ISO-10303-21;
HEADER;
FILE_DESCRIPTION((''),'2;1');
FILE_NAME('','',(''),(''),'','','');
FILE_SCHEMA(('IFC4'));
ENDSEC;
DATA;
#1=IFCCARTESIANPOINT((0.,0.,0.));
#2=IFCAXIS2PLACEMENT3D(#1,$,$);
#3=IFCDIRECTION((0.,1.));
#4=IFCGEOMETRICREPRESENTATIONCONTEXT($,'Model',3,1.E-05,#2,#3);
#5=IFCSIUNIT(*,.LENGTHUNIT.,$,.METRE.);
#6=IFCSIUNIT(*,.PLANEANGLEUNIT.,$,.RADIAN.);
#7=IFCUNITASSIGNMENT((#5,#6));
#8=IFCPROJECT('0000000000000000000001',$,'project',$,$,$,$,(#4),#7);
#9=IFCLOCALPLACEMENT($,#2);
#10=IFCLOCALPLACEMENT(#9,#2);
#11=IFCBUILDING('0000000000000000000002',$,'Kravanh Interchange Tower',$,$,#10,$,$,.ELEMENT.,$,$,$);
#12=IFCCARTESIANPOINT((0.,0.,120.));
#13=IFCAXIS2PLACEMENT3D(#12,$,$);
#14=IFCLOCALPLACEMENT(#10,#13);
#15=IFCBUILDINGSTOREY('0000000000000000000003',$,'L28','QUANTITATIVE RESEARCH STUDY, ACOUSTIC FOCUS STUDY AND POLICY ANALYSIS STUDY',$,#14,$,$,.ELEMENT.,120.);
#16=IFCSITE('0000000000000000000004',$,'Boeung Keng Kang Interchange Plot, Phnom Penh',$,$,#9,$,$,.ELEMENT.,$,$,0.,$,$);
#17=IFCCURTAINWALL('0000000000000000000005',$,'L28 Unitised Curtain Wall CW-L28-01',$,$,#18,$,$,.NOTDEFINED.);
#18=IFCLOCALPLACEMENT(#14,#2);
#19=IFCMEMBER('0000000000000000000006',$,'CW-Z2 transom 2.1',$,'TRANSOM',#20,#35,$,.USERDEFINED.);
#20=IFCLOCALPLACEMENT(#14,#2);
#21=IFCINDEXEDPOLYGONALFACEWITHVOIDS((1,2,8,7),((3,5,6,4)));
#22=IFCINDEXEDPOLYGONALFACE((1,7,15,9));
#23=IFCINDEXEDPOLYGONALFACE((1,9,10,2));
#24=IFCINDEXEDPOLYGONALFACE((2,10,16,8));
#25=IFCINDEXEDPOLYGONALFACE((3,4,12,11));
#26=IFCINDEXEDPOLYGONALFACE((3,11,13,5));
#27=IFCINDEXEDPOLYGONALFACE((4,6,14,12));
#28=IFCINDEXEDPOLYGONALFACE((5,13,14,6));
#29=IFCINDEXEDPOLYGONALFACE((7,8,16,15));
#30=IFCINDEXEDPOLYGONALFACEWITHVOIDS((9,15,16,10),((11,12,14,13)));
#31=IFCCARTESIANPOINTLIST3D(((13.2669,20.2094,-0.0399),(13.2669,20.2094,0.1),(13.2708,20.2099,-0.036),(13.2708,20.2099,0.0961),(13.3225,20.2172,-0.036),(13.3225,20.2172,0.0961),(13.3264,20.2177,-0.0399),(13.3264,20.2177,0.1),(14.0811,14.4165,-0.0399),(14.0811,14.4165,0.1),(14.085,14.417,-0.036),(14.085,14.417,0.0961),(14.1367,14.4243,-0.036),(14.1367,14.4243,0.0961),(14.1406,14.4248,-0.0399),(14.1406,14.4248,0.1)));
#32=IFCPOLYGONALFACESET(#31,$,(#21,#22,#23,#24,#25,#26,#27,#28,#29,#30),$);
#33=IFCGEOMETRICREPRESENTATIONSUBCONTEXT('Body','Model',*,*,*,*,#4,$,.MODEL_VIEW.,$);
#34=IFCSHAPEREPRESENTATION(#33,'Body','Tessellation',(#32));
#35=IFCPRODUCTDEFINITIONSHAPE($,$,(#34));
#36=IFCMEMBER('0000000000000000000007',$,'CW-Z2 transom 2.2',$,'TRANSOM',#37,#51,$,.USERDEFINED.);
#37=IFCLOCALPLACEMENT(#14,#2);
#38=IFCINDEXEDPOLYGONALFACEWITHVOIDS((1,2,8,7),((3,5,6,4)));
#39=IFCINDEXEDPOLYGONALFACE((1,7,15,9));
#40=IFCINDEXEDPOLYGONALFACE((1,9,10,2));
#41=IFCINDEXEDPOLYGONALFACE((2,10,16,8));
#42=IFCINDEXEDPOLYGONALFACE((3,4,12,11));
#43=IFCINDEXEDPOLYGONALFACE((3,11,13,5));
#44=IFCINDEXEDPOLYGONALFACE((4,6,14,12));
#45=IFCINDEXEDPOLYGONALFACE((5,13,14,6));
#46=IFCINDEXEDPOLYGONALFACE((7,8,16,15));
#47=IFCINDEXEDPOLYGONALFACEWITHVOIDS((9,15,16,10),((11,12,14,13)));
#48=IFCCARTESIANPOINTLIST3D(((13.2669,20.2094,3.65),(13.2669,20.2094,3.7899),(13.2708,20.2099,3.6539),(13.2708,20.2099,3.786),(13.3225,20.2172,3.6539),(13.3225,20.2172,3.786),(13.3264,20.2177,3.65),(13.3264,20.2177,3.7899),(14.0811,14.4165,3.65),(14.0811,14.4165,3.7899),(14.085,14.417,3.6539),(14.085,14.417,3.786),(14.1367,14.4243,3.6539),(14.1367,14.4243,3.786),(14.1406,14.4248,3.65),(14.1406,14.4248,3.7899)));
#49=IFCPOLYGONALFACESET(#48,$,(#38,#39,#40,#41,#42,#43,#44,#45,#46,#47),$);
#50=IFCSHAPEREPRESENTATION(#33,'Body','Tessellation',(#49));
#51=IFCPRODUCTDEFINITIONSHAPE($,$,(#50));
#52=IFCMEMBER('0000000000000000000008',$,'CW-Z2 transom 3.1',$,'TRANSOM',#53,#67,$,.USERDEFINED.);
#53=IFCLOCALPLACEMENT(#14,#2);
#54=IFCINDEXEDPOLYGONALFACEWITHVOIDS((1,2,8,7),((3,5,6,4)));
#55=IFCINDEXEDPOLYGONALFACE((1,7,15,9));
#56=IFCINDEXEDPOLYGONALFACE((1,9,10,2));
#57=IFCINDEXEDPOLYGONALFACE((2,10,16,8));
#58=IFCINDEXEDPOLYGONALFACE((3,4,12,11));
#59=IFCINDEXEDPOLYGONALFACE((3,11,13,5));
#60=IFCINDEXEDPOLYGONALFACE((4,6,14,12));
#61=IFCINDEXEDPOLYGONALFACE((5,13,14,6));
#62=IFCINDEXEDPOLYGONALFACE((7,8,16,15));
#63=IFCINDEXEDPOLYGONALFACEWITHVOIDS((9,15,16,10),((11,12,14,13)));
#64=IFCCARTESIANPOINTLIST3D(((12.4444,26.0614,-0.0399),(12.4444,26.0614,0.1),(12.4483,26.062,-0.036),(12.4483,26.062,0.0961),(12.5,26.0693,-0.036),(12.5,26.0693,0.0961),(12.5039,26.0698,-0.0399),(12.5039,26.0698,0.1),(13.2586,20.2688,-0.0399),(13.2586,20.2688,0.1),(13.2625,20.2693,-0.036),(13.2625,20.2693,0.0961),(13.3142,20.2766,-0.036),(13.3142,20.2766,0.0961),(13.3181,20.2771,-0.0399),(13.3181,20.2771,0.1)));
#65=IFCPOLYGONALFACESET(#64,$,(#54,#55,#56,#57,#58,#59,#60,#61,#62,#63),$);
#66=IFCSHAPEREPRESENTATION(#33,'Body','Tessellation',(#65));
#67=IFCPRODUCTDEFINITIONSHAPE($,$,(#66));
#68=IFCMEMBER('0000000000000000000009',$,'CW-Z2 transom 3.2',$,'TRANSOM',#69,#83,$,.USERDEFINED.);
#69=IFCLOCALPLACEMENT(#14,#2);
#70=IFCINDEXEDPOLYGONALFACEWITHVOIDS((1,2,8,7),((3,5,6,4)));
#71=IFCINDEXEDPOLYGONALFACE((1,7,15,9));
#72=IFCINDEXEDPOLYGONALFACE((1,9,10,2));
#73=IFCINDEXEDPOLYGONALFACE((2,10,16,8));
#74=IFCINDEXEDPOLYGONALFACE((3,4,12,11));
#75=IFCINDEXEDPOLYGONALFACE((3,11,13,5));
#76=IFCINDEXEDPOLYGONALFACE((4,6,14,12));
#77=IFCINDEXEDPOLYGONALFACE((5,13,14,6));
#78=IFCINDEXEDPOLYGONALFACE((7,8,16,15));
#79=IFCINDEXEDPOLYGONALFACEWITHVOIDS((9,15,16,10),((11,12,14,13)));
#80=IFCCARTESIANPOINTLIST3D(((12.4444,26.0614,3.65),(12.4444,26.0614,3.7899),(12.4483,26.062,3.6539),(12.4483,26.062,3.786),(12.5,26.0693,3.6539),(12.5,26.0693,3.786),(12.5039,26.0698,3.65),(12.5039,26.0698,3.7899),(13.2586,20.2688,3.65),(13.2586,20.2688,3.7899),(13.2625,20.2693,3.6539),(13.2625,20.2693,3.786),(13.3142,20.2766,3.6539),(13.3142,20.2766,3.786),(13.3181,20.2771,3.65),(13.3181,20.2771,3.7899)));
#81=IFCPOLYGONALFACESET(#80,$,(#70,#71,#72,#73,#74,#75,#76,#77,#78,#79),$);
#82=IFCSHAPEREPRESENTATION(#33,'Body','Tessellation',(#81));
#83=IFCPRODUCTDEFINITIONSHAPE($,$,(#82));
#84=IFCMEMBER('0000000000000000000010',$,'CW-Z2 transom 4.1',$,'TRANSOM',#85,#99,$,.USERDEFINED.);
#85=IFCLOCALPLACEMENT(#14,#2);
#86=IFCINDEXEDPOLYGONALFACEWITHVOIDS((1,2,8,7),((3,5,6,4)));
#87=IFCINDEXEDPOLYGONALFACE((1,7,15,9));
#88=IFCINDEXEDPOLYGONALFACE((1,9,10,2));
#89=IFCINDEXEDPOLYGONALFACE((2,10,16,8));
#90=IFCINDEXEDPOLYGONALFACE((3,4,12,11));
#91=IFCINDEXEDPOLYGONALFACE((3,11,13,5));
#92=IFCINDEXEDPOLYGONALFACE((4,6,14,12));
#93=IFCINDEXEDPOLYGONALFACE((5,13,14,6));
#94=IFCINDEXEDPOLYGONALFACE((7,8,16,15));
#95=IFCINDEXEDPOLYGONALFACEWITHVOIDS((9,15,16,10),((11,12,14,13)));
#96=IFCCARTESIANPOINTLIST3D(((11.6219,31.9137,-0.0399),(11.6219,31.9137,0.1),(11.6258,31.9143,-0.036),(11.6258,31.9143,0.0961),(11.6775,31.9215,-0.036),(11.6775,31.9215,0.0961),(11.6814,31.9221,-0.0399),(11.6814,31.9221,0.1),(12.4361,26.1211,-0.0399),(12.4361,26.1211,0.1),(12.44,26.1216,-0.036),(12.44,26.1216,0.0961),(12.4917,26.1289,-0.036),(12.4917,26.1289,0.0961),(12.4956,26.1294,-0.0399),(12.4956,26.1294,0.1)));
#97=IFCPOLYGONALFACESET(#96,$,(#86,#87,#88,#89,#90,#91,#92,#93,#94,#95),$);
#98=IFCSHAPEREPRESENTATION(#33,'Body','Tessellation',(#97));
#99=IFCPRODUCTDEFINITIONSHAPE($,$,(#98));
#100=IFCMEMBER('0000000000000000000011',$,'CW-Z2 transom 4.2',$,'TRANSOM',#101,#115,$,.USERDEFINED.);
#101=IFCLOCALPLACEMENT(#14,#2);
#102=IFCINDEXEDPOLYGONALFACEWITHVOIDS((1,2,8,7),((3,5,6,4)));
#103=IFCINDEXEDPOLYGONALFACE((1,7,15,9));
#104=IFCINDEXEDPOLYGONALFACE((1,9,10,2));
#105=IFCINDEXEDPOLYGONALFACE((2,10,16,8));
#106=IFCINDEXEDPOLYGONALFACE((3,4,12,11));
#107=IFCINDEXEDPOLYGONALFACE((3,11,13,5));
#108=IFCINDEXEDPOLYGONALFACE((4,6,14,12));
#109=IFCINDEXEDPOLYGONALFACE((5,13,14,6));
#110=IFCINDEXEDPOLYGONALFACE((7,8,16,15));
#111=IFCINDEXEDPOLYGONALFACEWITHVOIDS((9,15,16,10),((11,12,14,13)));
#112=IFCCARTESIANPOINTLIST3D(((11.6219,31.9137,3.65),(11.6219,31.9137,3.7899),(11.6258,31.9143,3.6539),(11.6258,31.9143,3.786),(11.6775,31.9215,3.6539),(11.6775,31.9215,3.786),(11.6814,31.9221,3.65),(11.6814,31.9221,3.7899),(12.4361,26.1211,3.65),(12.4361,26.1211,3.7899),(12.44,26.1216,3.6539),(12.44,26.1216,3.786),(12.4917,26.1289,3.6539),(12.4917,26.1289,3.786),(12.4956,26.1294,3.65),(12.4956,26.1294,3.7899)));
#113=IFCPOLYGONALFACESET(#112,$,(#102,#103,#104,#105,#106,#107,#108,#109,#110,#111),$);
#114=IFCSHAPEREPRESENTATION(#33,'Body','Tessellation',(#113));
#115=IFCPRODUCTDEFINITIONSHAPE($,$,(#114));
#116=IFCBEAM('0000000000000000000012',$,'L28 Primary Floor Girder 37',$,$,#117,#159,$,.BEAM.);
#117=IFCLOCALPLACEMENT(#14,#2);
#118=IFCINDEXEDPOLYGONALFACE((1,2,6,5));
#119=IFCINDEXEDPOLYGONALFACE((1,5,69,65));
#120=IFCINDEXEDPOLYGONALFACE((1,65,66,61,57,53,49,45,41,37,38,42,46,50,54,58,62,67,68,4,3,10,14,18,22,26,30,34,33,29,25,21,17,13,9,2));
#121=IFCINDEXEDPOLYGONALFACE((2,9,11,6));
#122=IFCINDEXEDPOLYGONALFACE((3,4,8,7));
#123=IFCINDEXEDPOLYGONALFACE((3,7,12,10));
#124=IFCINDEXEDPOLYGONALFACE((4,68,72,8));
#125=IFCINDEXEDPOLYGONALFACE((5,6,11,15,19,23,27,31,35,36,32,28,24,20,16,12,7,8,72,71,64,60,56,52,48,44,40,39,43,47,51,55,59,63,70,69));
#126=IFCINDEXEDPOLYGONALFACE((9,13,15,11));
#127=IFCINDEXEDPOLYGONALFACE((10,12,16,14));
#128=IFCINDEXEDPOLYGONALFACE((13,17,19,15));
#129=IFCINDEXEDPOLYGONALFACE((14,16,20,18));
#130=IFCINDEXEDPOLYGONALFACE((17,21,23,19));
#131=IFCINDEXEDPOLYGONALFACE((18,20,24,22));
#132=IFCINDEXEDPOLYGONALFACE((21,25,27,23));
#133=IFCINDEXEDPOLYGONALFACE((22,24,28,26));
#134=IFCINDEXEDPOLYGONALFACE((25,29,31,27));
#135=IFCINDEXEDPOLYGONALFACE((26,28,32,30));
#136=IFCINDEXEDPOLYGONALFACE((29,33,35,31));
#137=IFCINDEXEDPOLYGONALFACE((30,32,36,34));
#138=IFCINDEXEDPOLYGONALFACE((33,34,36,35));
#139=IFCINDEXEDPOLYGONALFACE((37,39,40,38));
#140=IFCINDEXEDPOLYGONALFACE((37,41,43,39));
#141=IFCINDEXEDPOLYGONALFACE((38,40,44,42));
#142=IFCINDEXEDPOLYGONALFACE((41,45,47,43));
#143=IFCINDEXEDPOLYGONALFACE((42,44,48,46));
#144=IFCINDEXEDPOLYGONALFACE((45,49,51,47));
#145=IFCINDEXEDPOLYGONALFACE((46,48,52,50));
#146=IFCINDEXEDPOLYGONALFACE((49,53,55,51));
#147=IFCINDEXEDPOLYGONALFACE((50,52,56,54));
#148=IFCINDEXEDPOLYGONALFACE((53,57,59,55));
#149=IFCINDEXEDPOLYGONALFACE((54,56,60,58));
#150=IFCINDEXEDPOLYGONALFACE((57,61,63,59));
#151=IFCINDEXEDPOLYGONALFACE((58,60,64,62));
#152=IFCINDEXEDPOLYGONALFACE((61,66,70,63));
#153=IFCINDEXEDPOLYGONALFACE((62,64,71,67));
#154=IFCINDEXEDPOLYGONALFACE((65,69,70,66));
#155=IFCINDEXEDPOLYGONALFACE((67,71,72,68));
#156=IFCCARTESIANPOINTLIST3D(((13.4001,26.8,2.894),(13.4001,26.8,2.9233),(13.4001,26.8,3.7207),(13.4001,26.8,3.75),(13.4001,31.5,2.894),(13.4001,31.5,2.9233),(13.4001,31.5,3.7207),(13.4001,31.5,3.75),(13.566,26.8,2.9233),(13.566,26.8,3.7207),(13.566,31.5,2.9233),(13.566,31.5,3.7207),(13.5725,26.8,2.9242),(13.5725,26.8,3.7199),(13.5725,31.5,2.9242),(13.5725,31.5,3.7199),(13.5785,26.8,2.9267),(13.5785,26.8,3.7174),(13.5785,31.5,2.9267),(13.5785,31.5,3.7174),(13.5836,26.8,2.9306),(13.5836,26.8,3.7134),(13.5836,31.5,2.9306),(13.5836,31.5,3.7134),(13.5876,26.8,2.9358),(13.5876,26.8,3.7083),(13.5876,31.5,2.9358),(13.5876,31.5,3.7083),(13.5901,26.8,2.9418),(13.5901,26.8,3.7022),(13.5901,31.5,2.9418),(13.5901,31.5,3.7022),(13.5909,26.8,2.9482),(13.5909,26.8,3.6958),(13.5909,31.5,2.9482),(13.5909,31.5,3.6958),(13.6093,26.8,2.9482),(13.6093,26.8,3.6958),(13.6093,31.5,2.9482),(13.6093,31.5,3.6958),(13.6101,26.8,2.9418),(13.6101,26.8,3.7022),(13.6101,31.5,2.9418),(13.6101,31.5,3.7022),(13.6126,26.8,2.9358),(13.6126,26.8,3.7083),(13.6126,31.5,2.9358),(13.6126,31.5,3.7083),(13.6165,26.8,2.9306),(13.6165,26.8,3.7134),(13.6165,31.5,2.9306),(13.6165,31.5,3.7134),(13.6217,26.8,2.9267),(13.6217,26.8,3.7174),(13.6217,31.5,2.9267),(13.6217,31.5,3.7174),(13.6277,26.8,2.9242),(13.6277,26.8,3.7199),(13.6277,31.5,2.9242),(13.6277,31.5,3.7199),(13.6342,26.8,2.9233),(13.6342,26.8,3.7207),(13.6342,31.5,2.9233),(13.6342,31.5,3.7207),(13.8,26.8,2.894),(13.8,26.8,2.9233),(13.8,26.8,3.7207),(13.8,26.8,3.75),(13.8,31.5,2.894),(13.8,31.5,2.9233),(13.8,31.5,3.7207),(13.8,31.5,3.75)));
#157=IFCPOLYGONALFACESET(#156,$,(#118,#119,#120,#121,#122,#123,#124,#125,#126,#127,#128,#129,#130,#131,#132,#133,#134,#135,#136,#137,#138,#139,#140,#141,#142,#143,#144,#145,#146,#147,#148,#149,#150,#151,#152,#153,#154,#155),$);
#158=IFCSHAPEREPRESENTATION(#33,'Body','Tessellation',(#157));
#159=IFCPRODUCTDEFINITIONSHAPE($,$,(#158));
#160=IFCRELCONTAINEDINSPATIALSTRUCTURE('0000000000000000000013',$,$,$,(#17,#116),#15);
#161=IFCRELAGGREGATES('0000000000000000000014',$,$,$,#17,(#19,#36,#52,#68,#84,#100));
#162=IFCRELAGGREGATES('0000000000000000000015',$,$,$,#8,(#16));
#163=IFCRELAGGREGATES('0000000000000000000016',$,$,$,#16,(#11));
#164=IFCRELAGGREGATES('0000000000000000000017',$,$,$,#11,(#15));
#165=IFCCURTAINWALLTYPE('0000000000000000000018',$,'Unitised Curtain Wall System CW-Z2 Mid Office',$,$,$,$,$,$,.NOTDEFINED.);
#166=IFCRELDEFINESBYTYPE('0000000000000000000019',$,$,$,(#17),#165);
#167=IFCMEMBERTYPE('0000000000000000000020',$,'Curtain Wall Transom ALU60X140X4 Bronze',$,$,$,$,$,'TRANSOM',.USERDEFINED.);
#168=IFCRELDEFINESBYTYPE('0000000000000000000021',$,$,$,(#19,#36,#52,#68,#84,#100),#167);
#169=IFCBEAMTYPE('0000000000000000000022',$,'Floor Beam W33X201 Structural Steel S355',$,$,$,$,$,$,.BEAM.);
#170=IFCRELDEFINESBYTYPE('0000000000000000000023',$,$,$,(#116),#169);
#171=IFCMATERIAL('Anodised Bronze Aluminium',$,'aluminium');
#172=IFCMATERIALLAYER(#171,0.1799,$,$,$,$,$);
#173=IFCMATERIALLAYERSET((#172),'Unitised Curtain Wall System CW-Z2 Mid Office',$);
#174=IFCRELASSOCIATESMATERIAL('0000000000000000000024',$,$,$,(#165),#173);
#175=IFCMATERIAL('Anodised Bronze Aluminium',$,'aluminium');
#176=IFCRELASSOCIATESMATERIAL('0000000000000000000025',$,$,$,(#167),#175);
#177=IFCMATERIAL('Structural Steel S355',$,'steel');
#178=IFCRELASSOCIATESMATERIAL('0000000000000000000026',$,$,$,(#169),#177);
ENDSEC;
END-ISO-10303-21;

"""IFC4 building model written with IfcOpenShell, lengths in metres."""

from ifc_helpers import new_model, si_unit, direction, frame, origin, origin_2d, place, context, subcontext, project, spatial, hollow_rectangle, i_section, extrude, material, layer, layer_set, material_profile, profile_set, type_object, element, aggregate, save


model = new_model("IFC4")

# Units and contexts
model_context = context("Model", 3, precision=1e-05, world=origin(), true_north=direction((0.0, 1.0)))
body_context = subcontext(model_context, "Body", "Model", "MODEL_VIEW")
ifc_project = project(units=[si_unit("LENGTHUNIT", "METRE"), si_unit("PLANEANGLEUNIT", "RADIAN")], contexts=[model_context])

# Site, building, storey
site_placement = place(None, origin())
site = spatial("IfcSite", under=ifc_project, at=site_placement, Name="Boeung Keng Kang Interchange Plot, Phnom Penh", CompositionType="ELEMENT", RefElevation=0.0)
building_placement = place(site_placement, origin())
building = spatial("IfcBuilding", under=site, at=building_placement, Name="Kravanh Interchange Tower", CompositionType="ELEMENT")
storey_placement = place(building_placement, frame((0.0, 0.0, 120.0)))
storey = spatial("IfcBuildingStorey", under=building, at=storey_placement, Name="L28", Description="QUANTITATIVE RESEARCH STUDY, ACOUSTIC FOCUS STUDY AND POLICY ANALYSIS STUDY", CompositionType="ELEMENT", Elevation=120.0)

# Curtain wall, members
ifc_material_1 = material(Name="Anodised Bronze Aluminium", Category="aluminium")
ifc_layer_1 = layer(ifc_material_1, 0.1799)
ifc_layer_set_1 = layer_set([ifc_layer_1], Name="Unitised Curtain Wall System CW-Z2 Mid Office")
curtain_wall_type = type_object("IfcCurtainWallType", Name="Unitised Curtain Wall System CW-Z2 Mid Office", PredefinedType="NOTDEFINED", material=ifc_layer_set_1)
curtain_wall_placement = place(storey_placement, origin())
curtain_wall = element("IfcCurtainWall", 1, at=curtain_wall_placement, inside=storey, type_object=curtain_wall_type, Name="L28 Unitised Curtain Wall CW-L28-01", PredefinedType="NOTDEFINED")
ifc_material_2 = material(Name="Anodised Bronze Aluminium", Category="aluminium")
ifc_material_profile_1 = material_profile(ifc_material_2, hollow_rectangle(XDim=0.0601, YDim=0.1399, WallThickness=0.0039, at=origin_2d()), Name="ALU60X140X4")
ifc_profile_set_1 = profile_set([ifc_material_profile_1], Name="Anodised Bronze Aluminium")
member_type_1 = type_object("IfcMemberType", Name="Curtain Wall Transom ALU60X140X4 Bronze", ElementType="TRANSOM", PredefinedType="USERDEFINED", material=ifc_profile_set_1)
member_1_placement = place(storey_placement, frame((14.1108, 14.4207, 0.03), z_axis=(-0.139183, 0.990267, 0.0), x_axis=(-0.990267, -0.139183, 0.0)))
member_1 = element("IfcMember", 2, at=member_1_placement, type_object=member_type_1, Name="CW-Z2 transom 2.1", ObjectType="TRANSOM", PredefinedType="USERDEFINED", context=body_context, shape_type="SweptSolid", body=[
    extrude(hollow_rectangle(XDim=0.0601, YDim=0.1399, WallThickness=0.0039, at=origin_2d()), origin(), (0.0, 0.0, 1.0), 5.8499),
])
member_2_placement = place(storey_placement, frame((14.1108, 14.4207, 3.72), z_axis=(-0.139183, 0.990267, 0.0), x_axis=(-0.990267, -0.139183, 0.0)))
member_2 = element("IfcMember", 3, at=member_2_placement, type_object=member_type_1, Name="CW-Z2 transom 2.2", ObjectType="TRANSOM", PredefinedType="USERDEFINED", context=body_context, shape_type="SweptSolid", body=[
    extrude(hollow_rectangle(XDim=0.0601, YDim=0.1399, WallThickness=0.0039, at=origin_2d()), origin(), (0.0, 0.0, 1.0), 5.8499),
])
member_3_placement = place(storey_placement, frame((13.2883, 20.2729, 0.03), z_axis=(-0.139189, 0.990266, 0.0), x_axis=(-0.990266, -0.139189, 0.0)))
member_3 = element("IfcMember", 4, at=member_3_placement, type_object=member_type_1, Name="CW-Z2 transom 3.1", ObjectType="TRANSOM", PredefinedType="USERDEFINED", context=body_context, shape_type="SweptSolid", body=[
    extrude(hollow_rectangle(XDim=0.0601, YDim=0.1399, WallThickness=0.0039, at=origin_2d()), origin(), (0.0, 0.0, 1.0), 5.8496),
])
member_4_placement = place(storey_placement, frame((13.2883, 20.2729, 3.72), z_axis=(-0.139189, 0.990266, 0.0), x_axis=(-0.990266, -0.139189, 0.0)))
member_4 = element("IfcMember", 5, at=member_4_placement, type_object=member_type_1, Name="CW-Z2 transom 3.2", ObjectType="TRANSOM", PredefinedType="USERDEFINED", context=body_context, shape_type="SweptSolid", body=[
    extrude(hollow_rectangle(XDim=0.0601, YDim=0.1399, WallThickness=0.0039, at=origin_2d()), origin(), (0.0, 0.0, 1.0), 5.8496),
])
member_5_placement = place(storey_placement, frame((12.4658, 26.1252, 0.03), z_axis=(-0.139189, 0.990266, 0.0), x_axis=(-0.990266, -0.139189, 0.0)))
member_5 = element("IfcMember", 6, at=member_5_placement, type_object=member_type_1, Name="CW-Z2 transom 4.1", ObjectType="TRANSOM", PredefinedType="USERDEFINED", context=body_context, shape_type="SweptSolid", body=[
    extrude(hollow_rectangle(XDim=0.0601, YDim=0.1399, WallThickness=0.0039, at=origin_2d()), origin(), (0.0, 0.0, 1.0), 5.8496),
])
member_6_placement = place(storey_placement, frame((12.4658, 26.1252, 3.72), z_axis=(-0.139189, 0.990266, 0.0), x_axis=(-0.990266, -0.139189, 0.0)))
member_6 = element("IfcMember", 7, at=member_6_placement, type_object=member_type_1, Name="CW-Z2 transom 4.2", ObjectType="TRANSOM", PredefinedType="USERDEFINED", context=body_context, shape_type="SweptSolid", body=[
    extrude(hollow_rectangle(XDim=0.0601, YDim=0.1399, WallThickness=0.0039, at=origin_2d()), origin(), (0.0, 0.0, 1.0), 5.8496),
])

# Beam
ifc_material_3 = material(Name="Structural Steel S355", Category="steel")
ifc_material_profile_2 = material_profile(ifc_material_3, i_section(OverallWidth=0.3999, OverallDepth=0.856, WebThickness=0.0183, FlangeThickness=0.0293, FilletRadius=0.0249, at=origin_2d()), Name="W33X201")
ifc_profile_set_2 = profile_set([ifc_material_profile_2], Name="Structural Steel S355")
beam_type_1 = type_object("IfcBeamType", Name="Floor Beam W33X201 Structural Steel S355", PredefinedType="BEAM", material=ifc_profile_set_2)
beam_1_placement = place(storey_placement, frame((13.6001, 26.8, 3.322), z_axis=(0.0, 1.0, 0.0), x_axis=(-1.0, 0.0, 0.0)))
element("IfcBeam", 8, at=beam_1_placement, inside=storey, type_object=beam_type_1, Name="L28 Primary Floor Girder 37", PredefinedType="BEAM", context=body_context, shape_type="SweptSolid", body=[
    extrude(i_section(OverallWidth=0.3999, OverallDepth=0.856, WebThickness=0.0183, FlangeThickness=0.0293, FilletRadius=0.0249, at=origin_2d()), origin(), (0.0, 0.0, 1.0), 4.7),
])

aggregate(curtain_wall, [member_1, member_2, member_3, member_4, member_5, member_6])

save(model, "model.ifc")
